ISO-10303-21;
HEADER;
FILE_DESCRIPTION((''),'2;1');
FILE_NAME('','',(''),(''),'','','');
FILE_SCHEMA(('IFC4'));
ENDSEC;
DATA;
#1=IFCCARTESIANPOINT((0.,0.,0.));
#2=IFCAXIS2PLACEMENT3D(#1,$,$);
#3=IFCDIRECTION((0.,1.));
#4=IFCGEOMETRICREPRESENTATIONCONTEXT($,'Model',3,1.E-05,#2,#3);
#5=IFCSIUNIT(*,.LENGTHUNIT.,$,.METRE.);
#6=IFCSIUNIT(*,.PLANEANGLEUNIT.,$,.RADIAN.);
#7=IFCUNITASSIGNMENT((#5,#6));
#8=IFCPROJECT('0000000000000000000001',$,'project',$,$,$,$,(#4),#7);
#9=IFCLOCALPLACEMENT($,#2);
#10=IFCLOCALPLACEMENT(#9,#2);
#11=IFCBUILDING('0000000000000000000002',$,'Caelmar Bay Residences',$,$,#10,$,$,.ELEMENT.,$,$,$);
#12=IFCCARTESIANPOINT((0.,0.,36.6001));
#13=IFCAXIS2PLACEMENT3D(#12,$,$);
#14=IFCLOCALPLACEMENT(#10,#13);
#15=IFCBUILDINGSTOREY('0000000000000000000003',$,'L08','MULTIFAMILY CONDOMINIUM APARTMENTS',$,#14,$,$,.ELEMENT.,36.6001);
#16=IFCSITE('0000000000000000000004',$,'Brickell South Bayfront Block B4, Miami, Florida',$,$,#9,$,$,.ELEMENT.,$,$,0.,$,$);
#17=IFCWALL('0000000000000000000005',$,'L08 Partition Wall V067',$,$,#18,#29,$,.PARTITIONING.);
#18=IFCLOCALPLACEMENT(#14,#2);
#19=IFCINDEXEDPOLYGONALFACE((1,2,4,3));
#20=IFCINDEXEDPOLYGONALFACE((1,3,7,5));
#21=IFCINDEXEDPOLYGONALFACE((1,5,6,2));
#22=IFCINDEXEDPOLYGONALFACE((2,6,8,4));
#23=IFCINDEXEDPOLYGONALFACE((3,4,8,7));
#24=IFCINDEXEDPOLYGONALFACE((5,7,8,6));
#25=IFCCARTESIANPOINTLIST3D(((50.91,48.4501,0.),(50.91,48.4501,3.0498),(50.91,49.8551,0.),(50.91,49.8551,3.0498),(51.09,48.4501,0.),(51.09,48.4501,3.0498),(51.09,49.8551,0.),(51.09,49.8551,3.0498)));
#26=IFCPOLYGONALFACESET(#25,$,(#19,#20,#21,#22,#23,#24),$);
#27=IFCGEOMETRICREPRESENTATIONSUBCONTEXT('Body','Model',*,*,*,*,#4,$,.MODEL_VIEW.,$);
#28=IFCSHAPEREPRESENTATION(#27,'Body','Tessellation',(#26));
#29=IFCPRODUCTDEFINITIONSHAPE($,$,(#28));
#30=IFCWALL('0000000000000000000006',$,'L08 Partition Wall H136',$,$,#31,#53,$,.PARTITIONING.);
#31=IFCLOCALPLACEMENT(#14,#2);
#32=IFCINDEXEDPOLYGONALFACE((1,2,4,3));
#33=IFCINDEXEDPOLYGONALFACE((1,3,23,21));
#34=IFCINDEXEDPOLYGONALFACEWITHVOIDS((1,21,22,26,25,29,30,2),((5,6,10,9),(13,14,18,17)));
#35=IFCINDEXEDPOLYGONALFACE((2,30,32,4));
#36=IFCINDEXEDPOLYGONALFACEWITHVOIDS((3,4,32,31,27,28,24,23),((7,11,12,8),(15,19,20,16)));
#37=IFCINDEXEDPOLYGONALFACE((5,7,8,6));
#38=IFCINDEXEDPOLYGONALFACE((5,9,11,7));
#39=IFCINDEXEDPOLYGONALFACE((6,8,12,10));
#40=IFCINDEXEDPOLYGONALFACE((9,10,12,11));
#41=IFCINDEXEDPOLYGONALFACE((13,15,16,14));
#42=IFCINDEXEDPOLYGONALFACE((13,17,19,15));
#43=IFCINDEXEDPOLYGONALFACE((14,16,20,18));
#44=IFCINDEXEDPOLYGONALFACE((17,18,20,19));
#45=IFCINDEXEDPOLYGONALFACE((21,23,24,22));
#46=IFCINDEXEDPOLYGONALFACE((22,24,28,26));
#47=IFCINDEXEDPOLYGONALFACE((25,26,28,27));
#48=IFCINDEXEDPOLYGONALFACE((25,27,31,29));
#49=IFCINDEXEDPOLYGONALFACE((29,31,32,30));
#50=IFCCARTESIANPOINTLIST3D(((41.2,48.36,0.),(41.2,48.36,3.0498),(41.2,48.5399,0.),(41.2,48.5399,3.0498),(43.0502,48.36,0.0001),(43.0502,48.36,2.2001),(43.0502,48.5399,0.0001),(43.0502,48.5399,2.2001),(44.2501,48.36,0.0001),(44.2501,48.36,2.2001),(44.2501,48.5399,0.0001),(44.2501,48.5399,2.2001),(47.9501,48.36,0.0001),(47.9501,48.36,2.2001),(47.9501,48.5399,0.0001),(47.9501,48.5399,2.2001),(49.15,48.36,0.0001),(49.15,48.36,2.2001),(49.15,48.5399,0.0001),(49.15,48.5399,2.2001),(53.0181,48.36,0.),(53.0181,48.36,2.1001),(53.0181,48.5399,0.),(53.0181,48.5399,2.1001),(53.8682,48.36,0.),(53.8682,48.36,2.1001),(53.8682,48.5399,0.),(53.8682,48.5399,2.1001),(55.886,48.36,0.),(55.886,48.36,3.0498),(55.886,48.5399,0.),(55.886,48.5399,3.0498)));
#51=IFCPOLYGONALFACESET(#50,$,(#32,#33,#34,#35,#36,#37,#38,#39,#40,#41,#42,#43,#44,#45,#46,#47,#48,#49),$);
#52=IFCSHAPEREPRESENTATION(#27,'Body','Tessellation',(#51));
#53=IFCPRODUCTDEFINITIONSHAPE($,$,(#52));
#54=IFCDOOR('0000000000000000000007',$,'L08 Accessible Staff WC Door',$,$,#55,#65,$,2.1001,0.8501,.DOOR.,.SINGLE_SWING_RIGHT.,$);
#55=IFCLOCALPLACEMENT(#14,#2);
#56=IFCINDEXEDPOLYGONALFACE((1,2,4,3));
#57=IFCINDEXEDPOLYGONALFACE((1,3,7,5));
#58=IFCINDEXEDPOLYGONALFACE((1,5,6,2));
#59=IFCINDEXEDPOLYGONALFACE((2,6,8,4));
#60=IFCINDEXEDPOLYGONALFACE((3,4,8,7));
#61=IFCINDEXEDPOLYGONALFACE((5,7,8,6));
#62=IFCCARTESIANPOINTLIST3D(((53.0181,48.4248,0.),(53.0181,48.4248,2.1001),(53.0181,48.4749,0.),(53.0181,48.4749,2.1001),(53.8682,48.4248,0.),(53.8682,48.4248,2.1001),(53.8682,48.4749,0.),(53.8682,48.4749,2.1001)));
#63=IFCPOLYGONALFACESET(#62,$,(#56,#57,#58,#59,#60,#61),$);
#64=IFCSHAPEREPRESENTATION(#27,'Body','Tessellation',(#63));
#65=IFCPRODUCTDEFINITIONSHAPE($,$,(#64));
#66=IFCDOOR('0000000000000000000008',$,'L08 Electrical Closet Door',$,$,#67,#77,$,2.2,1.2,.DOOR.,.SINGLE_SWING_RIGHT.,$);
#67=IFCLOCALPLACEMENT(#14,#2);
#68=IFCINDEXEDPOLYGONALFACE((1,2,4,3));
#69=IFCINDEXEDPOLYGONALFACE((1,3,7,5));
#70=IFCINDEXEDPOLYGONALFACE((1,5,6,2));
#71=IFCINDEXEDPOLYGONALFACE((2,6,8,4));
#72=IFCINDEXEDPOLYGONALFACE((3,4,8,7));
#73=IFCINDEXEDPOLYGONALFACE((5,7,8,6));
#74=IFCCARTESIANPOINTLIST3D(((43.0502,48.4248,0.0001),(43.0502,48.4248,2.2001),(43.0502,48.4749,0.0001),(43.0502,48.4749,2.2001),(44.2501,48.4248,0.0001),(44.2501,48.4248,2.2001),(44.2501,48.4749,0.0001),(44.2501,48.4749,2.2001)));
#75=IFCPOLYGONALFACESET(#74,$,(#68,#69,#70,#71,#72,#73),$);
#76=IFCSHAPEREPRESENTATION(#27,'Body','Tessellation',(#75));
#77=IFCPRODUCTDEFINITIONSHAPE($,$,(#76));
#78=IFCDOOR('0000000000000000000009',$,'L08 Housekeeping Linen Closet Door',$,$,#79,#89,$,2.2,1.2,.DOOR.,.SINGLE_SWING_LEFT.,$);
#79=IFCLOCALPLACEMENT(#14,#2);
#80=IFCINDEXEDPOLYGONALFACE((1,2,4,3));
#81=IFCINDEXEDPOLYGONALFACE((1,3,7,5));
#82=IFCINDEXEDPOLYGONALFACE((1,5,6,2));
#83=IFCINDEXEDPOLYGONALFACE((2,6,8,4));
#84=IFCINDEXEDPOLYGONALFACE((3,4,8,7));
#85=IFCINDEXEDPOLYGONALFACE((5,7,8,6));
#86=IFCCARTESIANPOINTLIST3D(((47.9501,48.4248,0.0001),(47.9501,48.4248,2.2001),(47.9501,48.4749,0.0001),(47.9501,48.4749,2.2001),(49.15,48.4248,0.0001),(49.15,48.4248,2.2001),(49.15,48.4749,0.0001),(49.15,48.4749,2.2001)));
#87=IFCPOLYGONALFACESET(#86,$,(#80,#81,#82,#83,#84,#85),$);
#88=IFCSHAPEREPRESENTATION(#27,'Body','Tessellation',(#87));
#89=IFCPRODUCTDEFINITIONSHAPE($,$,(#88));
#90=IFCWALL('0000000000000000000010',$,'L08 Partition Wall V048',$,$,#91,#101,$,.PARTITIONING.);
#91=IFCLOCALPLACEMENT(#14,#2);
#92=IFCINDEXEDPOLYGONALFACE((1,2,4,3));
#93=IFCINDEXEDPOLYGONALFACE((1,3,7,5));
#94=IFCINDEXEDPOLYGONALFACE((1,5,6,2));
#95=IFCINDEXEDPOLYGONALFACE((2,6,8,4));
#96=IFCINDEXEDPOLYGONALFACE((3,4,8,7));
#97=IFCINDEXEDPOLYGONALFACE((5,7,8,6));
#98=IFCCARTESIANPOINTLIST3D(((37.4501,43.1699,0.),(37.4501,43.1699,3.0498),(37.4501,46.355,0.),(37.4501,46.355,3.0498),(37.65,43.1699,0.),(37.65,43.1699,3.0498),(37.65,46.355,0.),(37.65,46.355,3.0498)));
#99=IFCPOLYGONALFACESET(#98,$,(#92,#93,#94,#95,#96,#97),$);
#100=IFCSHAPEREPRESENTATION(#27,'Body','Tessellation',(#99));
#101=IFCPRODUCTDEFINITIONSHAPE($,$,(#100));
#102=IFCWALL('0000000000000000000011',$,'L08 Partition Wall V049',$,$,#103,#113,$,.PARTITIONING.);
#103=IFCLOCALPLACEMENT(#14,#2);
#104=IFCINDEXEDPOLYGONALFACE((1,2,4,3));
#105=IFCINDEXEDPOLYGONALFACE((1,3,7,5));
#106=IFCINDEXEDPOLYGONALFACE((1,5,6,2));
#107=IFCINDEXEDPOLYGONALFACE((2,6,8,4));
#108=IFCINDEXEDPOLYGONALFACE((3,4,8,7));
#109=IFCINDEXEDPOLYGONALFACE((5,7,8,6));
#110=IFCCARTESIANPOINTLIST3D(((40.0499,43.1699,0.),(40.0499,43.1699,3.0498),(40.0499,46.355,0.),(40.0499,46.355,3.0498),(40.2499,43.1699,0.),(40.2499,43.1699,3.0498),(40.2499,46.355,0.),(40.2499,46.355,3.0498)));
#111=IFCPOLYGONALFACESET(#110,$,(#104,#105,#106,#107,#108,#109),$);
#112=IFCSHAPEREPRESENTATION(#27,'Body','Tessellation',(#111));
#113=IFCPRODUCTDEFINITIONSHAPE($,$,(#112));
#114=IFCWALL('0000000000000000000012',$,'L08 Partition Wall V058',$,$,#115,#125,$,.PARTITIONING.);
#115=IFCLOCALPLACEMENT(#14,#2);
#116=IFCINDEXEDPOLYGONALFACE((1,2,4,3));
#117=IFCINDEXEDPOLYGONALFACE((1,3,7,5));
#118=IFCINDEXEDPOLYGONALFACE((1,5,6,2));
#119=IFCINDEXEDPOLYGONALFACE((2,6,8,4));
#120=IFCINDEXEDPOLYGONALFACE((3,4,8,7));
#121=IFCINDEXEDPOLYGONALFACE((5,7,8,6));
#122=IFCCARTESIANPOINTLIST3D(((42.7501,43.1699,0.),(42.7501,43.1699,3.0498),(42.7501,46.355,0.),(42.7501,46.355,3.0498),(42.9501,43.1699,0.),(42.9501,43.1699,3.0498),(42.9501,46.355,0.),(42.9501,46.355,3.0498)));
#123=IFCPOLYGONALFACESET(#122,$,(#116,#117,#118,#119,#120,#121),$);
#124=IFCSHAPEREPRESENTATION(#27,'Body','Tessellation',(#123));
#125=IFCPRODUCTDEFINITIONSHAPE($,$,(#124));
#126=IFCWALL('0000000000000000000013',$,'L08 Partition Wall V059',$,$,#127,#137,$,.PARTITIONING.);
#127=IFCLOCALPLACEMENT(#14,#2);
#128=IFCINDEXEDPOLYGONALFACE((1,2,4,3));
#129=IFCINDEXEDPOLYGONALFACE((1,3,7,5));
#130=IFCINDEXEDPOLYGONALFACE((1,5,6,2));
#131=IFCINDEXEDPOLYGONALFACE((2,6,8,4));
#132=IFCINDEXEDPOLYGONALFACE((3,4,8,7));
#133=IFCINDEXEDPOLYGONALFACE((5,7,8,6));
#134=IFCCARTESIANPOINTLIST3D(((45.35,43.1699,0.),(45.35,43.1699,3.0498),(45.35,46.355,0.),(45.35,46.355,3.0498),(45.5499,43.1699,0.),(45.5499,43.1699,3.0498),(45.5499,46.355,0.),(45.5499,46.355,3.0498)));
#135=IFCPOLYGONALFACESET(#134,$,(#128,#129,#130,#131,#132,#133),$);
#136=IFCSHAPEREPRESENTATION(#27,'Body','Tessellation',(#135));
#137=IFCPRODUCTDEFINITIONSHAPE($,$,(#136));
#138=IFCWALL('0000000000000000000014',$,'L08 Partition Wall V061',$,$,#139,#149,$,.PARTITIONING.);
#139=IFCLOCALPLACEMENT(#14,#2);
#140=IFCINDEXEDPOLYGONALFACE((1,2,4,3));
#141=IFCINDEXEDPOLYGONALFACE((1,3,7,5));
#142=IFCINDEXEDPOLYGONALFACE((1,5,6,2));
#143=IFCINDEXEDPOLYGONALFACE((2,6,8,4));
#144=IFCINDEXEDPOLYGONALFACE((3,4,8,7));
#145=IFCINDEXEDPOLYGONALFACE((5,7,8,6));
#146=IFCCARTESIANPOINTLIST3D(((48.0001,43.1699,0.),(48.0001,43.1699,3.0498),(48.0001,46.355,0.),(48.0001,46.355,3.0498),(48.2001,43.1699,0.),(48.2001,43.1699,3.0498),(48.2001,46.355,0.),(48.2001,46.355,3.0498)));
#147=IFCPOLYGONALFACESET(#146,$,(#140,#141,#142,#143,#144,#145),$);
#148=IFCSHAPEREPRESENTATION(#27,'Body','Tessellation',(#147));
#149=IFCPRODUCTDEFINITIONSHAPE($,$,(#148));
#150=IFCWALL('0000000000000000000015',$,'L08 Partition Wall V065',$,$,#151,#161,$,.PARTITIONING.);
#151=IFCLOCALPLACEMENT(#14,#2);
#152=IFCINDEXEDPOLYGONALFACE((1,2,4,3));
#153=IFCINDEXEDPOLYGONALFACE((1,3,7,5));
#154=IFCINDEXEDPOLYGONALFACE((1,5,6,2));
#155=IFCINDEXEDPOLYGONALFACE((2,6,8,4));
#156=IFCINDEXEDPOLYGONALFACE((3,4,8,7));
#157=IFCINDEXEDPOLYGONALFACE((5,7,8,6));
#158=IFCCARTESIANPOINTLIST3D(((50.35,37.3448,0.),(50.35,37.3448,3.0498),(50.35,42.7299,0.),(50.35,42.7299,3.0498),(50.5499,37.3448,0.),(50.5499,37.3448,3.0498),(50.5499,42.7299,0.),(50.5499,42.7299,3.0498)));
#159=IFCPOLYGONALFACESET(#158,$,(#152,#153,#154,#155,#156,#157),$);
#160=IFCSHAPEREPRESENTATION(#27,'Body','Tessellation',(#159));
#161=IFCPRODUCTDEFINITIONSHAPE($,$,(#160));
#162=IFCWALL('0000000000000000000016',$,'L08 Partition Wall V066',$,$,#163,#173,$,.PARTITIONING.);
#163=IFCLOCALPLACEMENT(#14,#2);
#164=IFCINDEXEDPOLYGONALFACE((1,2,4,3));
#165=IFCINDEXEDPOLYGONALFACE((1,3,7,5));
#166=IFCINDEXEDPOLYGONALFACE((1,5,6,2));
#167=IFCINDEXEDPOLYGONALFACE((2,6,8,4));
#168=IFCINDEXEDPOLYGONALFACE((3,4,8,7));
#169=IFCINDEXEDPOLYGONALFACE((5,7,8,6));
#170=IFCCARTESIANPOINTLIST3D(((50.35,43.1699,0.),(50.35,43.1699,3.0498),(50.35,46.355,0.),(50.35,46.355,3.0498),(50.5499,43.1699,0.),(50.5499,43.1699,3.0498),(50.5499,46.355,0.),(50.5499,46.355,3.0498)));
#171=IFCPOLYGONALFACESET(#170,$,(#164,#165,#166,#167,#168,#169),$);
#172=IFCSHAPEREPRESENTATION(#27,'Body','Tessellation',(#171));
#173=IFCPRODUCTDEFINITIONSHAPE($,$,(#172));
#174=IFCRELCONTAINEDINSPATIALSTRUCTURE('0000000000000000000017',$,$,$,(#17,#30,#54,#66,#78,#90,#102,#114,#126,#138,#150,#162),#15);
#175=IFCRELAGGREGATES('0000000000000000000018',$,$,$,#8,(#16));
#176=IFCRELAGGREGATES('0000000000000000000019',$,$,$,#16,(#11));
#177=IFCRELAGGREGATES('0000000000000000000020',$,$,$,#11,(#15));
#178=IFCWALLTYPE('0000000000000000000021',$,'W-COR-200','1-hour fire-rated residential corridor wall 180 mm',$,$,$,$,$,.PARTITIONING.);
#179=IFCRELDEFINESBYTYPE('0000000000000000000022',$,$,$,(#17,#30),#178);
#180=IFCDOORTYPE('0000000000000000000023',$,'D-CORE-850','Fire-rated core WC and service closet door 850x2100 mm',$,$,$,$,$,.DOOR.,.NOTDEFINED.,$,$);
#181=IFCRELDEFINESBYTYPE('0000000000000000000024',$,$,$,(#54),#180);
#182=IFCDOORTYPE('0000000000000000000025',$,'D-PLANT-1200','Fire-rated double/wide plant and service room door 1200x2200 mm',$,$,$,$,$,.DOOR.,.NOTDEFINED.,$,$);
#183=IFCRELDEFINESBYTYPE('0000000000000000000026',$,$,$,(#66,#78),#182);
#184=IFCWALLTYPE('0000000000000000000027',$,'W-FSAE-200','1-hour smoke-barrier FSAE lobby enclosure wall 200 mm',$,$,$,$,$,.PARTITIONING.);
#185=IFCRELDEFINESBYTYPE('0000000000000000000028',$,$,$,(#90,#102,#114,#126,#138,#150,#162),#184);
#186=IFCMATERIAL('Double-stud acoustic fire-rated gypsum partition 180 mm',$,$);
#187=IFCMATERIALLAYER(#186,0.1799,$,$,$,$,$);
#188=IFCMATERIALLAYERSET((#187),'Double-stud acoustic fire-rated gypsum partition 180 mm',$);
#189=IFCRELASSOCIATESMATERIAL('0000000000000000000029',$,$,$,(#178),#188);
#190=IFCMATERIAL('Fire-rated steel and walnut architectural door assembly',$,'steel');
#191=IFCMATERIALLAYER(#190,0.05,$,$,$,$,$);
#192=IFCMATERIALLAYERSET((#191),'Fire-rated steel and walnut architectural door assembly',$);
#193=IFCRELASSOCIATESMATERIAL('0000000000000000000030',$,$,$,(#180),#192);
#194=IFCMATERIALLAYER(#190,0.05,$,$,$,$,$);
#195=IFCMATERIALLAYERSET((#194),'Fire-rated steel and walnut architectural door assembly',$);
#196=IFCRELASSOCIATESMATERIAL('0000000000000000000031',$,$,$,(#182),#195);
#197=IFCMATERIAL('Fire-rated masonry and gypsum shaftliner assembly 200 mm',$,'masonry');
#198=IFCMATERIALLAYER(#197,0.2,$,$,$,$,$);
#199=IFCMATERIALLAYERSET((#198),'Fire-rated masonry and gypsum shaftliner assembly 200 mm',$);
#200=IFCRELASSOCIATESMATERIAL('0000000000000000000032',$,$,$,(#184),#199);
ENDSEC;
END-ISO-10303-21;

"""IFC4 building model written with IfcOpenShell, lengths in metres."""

from ifc_helpers import new_model, si_unit, direction, frame, frame_2d, origin, place, context, subcontext, project, spatial, rectangle, extrude, material, layer, layer_set, type_object, element, fill, save


model = new_model("IFC4")

# Units and contexts
model_context = context("Model", 3, precision=1e-05, world=origin(), true_north=direction((0.0, 1.0)))
body_context = subcontext(model_context, "Body", "Model", "MODEL_VIEW")
ifc_project = project(units=[si_unit("LENGTHUNIT", "METRE"), si_unit("PLANEANGLEUNIT", "RADIAN")], contexts=[model_context])

# Site, building, storey
site_placement = place(None, origin())
site = spatial("IfcSite", under=ifc_project, at=site_placement, Name="Brickell South Bayfront Block B4, Miami, Florida", CompositionType="ELEMENT", RefElevation=0.0)
building_placement = place(site_placement, origin())
building = spatial("IfcBuilding", under=site, at=building_placement, Name="Caelmar Bay Residences", CompositionType="ELEMENT")
storey_placement = place(building_placement, frame((0.0, 0.0, 36.6001)))
storey = spatial("IfcBuildingStorey", under=building, at=storey_placement, Name="L08", Description="MULTIFAMILY CONDOMINIUM APARTMENTS", CompositionType="ELEMENT", Elevation=36.6001)

# Shared definitions
ifc_material_1 = material(Name="Double-stud acoustic fire-rated gypsum partition 180 mm")
ifc_layer_1 = layer(ifc_material_1, 0.1799)
ifc_layer_set_1 = layer_set([ifc_layer_1], Name="Double-stud acoustic fire-rated gypsum partition 180 mm")
wall_type_1 = type_object("IfcWallType", Name="W-COR-200", Description="1-hour fire-rated residential corridor wall 180 mm", PredefinedType="PARTITIONING", material=ifc_layer_set_1)
ifc_material_2 = material(Name="Fire-rated steel and walnut architectural door assembly", Category="steel")

# Wall
for number, where, z_axis, x_axis, name in (
    (1, (51.0, 48.45, 0.0), (0.0, 0.0, 1.0), (0.0, 1.0, 0.0), "L08 Partition Wall V067"),
):
    element("IfcWall", number, at=place(storey_placement, frame(where, z_axis=z_axis, x_axis=x_axis)), inside=storey, type_object=wall_type_1, Name=name, PredefinedType="PARTITIONING", context=body_context, shape_type="SweptSolid", body=[
        extrude(rectangle(XDim=1.405, YDim=0.1799, at=frame_2d((0.7026, 0.0))), origin(), (0.0, 0.0, 1.0), 3.0498),
    ])

# Wall, openings, doors
wall_1_placement = place(storey_placement, frame((41.2, 48.45, 0.0), z_axis=(0.0, 0.0, 1.0), x_axis=(1.0, 0.0, 0.0)))
wall_1 = element("IfcWall", 2, at=wall_1_placement, inside=storey, type_object=wall_type_1, Name="L08 Partition Wall H136", PredefinedType="PARTITIONING", context=body_context, shape_type="SweptSolid", body=[
    extrude(rectangle(XDim=14.686, YDim=0.1799, at=frame_2d((7.343, 0.0))), origin(), (0.0, 0.0, 1.0), 3.0498),
])
opening_1_placement = place(wall_1_placement, frame((1.8501, 0.0, 0.0)))
opening_1 = element("IfcOpeningElement", 3, at=opening_1_placement, cuts=wall_1, PredefinedType="OPENING", context=body_context, shape_type="SweptSolid", body=[
    extrude(rectangle(XDim=1.2, YDim=2.2, at=frame_2d((0.6001, 1.1001))), frame((0.0, 0.0999, 0.0), z_axis=(0.0, -1.0, 0.0), x_axis=(1.0, 0.0, 0.0)), (0.0, 0.0, 1.0), 0.2),
])
opening_2_placement = place(wall_1_placement, frame((6.75, 0.0, 0.0)))
opening_2 = element("IfcOpeningElement", 4, at=opening_2_placement, cuts=wall_1, PredefinedType="OPENING", context=body_context, shape_type="SweptSolid", body=[
    extrude(rectangle(XDim=1.2, YDim=2.2, at=frame_2d((0.6001, 1.1001))), frame((0.0, 0.0999, 0.0), z_axis=(0.0, -1.0, 0.0), x_axis=(1.0, 0.0, 0.0)), (0.0, 0.0, 1.0), 0.2),
])
opening_3_placement = place(wall_1_placement, frame((11.8181, 0.0, 0.0)))
opening_3 = element("IfcOpeningElement", 5, at=opening_3_placement, cuts=wall_1, PredefinedType="OPENING", context=body_context, shape_type="SweptSolid", body=[
    extrude(rectangle(XDim=0.8501, YDim=2.1001, at=frame_2d((0.425, 1.05))), frame((0.0, 0.0999, 0.0), z_axis=(0.0, -1.0, 0.0), x_axis=(1.0, 0.0, 0.0)), (0.0, 0.0, 1.0), 0.2),
])
ifc_layer_2 = layer(ifc_material_2, 0.05)
ifc_layer_set_2 = layer_set([ifc_layer_2], Name="Fire-rated steel and walnut architectural door assembly")
door_type_1 = type_object("IfcDoorType", Name="D-CORE-850", Description="Fire-rated core WC and service closet door 850x2100 mm", OperationType="NOTDEFINED", PredefinedType="DOOR", material=ifc_layer_set_2)
door_1_placement = place(opening_3_placement, origin())
door_1 = element("IfcDoor", 6, at=door_1_placement, inside=storey, type_object=door_type_1, Name="L08 Accessible Staff WC Door", OperationType="SINGLE_SWING_RIGHT", OverallHeight=2.1001, OverallWidth=0.8501, PredefinedType="DOOR", context=body_context, shape_type="SweptSolid", body=[
    extrude(rectangle(XDim=0.8501, YDim=2.1001, at=frame_2d((0.425, 1.05))), frame((0.0, 0.0249, 0.0), z_axis=(0.0, -1.0, 0.0), x_axis=(1.0, 0.0, 0.0)), (0.0, 0.0, 1.0), 0.05),
])
fill(opening_3, door_1)
ifc_layer_3 = layer(ifc_material_2, 0.05)
ifc_layer_set_3 = layer_set([ifc_layer_3], Name="Fire-rated steel and walnut architectural door assembly")
door_type_2 = type_object("IfcDoorType", Name="D-PLANT-1200", Description="Fire-rated double/wide plant and service room door 1200x2200 mm", OperationType="NOTDEFINED", PredefinedType="DOOR", material=ifc_layer_set_3)
door_2_placement = place(opening_1_placement, origin())
door_2 = element("IfcDoor", 7, at=door_2_placement, inside=storey, type_object=door_type_2, Name="L08 Electrical Closet Door", OperationType="SINGLE_SWING_RIGHT", OverallHeight=2.2, OverallWidth=1.2, PredefinedType="DOOR", context=body_context, shape_type="SweptSolid", body=[
    extrude(rectangle(XDim=1.2, YDim=2.2, at=frame_2d((0.6001, 1.1001))), frame((0.0, 0.0249, 0.0), z_axis=(0.0, -1.0, 0.0), x_axis=(1.0, 0.0, 0.0)), (0.0, 0.0, 1.0), 0.05),
])
fill(opening_1, door_2)
door_3_placement = place(opening_2_placement, origin())
door_3 = element("IfcDoor", 8, at=door_3_placement, inside=storey, type_object=door_type_2, Name="L08 Housekeeping Linen Closet Door", OperationType="SINGLE_SWING_LEFT", OverallHeight=2.2, OverallWidth=1.2, PredefinedType="DOOR", context=body_context, shape_type="SweptSolid", body=[
    extrude(rectangle(XDim=1.2, YDim=2.2, at=frame_2d((0.6001, 1.1001))), frame((0.0, 0.0249, 0.0), z_axis=(0.0, -1.0, 0.0), x_axis=(1.0, 0.0, 0.0)), (0.0, 0.0, 1.0), 0.05),
])
fill(opening_2, door_3)

# Walls
ifc_material_3 = material(Name="Fire-rated masonry and gypsum shaftliner assembly 200 mm", Category="masonry")
ifc_layer_4 = layer(ifc_material_3, 0.2)
ifc_layer_set_4 = layer_set([ifc_layer_4], Name="Fire-rated masonry and gypsum shaftliner assembly 200 mm")
wall_type_2 = type_object("IfcWallType", Name="W-FSAE-200", Description="1-hour smoke-barrier FSAE lobby enclosure wall 200 mm", PredefinedType="PARTITIONING", material=ifc_layer_set_4)
for number, where, z_axis, x_axis, name in (
    (9, (37.55, 43.1699, 0.0), (0.0, 0.0, 1.0), (0.0, 1.0, 0.0), "L08 Partition Wall V048"),
    (10, (40.1499, 43.1699, 0.0), (0.0, 0.0, 1.0), (0.0, 1.0, 0.0), "L08 Partition Wall V049"),
    (11, (42.8501, 43.1699, 0.0), (0.0, 0.0, 1.0), (0.0, 1.0, 0.0), "L08 Partition Wall V058"),
    (12, (45.45, 43.1699, 0.0), (0.0, 0.0, 1.0), (0.0, 1.0, 0.0), "L08 Partition Wall V059"),
    (13, (48.1001, 43.1699, 0.0), (0.0, 0.0, 1.0), (0.0, 1.0, 0.0), "L08 Partition Wall V061"),
):
    element("IfcWall", number, at=place(storey_placement, frame(where, z_axis=z_axis, x_axis=x_axis)), inside=storey, type_object=wall_type_2, Name=name, PredefinedType="PARTITIONING", context=body_context, shape_type="SweptSolid", body=[
        extrude(rectangle(XDim=3.1851, YDim=0.2, at=frame_2d((1.5925, 0.0))), origin(), (0.0, 0.0, 1.0), 3.0498),
    ])
wall_2_placement = place(storey_placement, frame((50.45, 37.345, 0.0), z_axis=(0.0, 0.0, 1.0), x_axis=(0.0, 1.0, 0.0)))
element("IfcWall", 14, at=wall_2_placement, inside=storey, type_object=wall_type_2, Name="L08 Partition Wall V065", PredefinedType="PARTITIONING", context=body_context, shape_type="SweptSolid", body=[
    extrude(rectangle(XDim=5.385, YDim=0.2, at=frame_2d((2.6924, 0.0))), origin(), (0.0, 0.0, 1.0), 3.0498),
])
wall_3_placement = place(storey_placement, frame((50.45, 43.1699, 0.0), z_axis=(0.0, 0.0, 1.0), x_axis=(0.0, 1.0, 0.0)))
element("IfcWall", 15, at=wall_3_placement, inside=storey, type_object=wall_type_2, Name="L08 Partition Wall V066", PredefinedType="PARTITIONING", context=body_context, shape_type="SweptSolid", body=[
    extrude(rectangle(XDim=3.1851, YDim=0.2, at=frame_2d((1.5925, 0.0))), origin(), (0.0, 0.0, 1.0), 3.0498),
])

save(model, "model.ifc")
